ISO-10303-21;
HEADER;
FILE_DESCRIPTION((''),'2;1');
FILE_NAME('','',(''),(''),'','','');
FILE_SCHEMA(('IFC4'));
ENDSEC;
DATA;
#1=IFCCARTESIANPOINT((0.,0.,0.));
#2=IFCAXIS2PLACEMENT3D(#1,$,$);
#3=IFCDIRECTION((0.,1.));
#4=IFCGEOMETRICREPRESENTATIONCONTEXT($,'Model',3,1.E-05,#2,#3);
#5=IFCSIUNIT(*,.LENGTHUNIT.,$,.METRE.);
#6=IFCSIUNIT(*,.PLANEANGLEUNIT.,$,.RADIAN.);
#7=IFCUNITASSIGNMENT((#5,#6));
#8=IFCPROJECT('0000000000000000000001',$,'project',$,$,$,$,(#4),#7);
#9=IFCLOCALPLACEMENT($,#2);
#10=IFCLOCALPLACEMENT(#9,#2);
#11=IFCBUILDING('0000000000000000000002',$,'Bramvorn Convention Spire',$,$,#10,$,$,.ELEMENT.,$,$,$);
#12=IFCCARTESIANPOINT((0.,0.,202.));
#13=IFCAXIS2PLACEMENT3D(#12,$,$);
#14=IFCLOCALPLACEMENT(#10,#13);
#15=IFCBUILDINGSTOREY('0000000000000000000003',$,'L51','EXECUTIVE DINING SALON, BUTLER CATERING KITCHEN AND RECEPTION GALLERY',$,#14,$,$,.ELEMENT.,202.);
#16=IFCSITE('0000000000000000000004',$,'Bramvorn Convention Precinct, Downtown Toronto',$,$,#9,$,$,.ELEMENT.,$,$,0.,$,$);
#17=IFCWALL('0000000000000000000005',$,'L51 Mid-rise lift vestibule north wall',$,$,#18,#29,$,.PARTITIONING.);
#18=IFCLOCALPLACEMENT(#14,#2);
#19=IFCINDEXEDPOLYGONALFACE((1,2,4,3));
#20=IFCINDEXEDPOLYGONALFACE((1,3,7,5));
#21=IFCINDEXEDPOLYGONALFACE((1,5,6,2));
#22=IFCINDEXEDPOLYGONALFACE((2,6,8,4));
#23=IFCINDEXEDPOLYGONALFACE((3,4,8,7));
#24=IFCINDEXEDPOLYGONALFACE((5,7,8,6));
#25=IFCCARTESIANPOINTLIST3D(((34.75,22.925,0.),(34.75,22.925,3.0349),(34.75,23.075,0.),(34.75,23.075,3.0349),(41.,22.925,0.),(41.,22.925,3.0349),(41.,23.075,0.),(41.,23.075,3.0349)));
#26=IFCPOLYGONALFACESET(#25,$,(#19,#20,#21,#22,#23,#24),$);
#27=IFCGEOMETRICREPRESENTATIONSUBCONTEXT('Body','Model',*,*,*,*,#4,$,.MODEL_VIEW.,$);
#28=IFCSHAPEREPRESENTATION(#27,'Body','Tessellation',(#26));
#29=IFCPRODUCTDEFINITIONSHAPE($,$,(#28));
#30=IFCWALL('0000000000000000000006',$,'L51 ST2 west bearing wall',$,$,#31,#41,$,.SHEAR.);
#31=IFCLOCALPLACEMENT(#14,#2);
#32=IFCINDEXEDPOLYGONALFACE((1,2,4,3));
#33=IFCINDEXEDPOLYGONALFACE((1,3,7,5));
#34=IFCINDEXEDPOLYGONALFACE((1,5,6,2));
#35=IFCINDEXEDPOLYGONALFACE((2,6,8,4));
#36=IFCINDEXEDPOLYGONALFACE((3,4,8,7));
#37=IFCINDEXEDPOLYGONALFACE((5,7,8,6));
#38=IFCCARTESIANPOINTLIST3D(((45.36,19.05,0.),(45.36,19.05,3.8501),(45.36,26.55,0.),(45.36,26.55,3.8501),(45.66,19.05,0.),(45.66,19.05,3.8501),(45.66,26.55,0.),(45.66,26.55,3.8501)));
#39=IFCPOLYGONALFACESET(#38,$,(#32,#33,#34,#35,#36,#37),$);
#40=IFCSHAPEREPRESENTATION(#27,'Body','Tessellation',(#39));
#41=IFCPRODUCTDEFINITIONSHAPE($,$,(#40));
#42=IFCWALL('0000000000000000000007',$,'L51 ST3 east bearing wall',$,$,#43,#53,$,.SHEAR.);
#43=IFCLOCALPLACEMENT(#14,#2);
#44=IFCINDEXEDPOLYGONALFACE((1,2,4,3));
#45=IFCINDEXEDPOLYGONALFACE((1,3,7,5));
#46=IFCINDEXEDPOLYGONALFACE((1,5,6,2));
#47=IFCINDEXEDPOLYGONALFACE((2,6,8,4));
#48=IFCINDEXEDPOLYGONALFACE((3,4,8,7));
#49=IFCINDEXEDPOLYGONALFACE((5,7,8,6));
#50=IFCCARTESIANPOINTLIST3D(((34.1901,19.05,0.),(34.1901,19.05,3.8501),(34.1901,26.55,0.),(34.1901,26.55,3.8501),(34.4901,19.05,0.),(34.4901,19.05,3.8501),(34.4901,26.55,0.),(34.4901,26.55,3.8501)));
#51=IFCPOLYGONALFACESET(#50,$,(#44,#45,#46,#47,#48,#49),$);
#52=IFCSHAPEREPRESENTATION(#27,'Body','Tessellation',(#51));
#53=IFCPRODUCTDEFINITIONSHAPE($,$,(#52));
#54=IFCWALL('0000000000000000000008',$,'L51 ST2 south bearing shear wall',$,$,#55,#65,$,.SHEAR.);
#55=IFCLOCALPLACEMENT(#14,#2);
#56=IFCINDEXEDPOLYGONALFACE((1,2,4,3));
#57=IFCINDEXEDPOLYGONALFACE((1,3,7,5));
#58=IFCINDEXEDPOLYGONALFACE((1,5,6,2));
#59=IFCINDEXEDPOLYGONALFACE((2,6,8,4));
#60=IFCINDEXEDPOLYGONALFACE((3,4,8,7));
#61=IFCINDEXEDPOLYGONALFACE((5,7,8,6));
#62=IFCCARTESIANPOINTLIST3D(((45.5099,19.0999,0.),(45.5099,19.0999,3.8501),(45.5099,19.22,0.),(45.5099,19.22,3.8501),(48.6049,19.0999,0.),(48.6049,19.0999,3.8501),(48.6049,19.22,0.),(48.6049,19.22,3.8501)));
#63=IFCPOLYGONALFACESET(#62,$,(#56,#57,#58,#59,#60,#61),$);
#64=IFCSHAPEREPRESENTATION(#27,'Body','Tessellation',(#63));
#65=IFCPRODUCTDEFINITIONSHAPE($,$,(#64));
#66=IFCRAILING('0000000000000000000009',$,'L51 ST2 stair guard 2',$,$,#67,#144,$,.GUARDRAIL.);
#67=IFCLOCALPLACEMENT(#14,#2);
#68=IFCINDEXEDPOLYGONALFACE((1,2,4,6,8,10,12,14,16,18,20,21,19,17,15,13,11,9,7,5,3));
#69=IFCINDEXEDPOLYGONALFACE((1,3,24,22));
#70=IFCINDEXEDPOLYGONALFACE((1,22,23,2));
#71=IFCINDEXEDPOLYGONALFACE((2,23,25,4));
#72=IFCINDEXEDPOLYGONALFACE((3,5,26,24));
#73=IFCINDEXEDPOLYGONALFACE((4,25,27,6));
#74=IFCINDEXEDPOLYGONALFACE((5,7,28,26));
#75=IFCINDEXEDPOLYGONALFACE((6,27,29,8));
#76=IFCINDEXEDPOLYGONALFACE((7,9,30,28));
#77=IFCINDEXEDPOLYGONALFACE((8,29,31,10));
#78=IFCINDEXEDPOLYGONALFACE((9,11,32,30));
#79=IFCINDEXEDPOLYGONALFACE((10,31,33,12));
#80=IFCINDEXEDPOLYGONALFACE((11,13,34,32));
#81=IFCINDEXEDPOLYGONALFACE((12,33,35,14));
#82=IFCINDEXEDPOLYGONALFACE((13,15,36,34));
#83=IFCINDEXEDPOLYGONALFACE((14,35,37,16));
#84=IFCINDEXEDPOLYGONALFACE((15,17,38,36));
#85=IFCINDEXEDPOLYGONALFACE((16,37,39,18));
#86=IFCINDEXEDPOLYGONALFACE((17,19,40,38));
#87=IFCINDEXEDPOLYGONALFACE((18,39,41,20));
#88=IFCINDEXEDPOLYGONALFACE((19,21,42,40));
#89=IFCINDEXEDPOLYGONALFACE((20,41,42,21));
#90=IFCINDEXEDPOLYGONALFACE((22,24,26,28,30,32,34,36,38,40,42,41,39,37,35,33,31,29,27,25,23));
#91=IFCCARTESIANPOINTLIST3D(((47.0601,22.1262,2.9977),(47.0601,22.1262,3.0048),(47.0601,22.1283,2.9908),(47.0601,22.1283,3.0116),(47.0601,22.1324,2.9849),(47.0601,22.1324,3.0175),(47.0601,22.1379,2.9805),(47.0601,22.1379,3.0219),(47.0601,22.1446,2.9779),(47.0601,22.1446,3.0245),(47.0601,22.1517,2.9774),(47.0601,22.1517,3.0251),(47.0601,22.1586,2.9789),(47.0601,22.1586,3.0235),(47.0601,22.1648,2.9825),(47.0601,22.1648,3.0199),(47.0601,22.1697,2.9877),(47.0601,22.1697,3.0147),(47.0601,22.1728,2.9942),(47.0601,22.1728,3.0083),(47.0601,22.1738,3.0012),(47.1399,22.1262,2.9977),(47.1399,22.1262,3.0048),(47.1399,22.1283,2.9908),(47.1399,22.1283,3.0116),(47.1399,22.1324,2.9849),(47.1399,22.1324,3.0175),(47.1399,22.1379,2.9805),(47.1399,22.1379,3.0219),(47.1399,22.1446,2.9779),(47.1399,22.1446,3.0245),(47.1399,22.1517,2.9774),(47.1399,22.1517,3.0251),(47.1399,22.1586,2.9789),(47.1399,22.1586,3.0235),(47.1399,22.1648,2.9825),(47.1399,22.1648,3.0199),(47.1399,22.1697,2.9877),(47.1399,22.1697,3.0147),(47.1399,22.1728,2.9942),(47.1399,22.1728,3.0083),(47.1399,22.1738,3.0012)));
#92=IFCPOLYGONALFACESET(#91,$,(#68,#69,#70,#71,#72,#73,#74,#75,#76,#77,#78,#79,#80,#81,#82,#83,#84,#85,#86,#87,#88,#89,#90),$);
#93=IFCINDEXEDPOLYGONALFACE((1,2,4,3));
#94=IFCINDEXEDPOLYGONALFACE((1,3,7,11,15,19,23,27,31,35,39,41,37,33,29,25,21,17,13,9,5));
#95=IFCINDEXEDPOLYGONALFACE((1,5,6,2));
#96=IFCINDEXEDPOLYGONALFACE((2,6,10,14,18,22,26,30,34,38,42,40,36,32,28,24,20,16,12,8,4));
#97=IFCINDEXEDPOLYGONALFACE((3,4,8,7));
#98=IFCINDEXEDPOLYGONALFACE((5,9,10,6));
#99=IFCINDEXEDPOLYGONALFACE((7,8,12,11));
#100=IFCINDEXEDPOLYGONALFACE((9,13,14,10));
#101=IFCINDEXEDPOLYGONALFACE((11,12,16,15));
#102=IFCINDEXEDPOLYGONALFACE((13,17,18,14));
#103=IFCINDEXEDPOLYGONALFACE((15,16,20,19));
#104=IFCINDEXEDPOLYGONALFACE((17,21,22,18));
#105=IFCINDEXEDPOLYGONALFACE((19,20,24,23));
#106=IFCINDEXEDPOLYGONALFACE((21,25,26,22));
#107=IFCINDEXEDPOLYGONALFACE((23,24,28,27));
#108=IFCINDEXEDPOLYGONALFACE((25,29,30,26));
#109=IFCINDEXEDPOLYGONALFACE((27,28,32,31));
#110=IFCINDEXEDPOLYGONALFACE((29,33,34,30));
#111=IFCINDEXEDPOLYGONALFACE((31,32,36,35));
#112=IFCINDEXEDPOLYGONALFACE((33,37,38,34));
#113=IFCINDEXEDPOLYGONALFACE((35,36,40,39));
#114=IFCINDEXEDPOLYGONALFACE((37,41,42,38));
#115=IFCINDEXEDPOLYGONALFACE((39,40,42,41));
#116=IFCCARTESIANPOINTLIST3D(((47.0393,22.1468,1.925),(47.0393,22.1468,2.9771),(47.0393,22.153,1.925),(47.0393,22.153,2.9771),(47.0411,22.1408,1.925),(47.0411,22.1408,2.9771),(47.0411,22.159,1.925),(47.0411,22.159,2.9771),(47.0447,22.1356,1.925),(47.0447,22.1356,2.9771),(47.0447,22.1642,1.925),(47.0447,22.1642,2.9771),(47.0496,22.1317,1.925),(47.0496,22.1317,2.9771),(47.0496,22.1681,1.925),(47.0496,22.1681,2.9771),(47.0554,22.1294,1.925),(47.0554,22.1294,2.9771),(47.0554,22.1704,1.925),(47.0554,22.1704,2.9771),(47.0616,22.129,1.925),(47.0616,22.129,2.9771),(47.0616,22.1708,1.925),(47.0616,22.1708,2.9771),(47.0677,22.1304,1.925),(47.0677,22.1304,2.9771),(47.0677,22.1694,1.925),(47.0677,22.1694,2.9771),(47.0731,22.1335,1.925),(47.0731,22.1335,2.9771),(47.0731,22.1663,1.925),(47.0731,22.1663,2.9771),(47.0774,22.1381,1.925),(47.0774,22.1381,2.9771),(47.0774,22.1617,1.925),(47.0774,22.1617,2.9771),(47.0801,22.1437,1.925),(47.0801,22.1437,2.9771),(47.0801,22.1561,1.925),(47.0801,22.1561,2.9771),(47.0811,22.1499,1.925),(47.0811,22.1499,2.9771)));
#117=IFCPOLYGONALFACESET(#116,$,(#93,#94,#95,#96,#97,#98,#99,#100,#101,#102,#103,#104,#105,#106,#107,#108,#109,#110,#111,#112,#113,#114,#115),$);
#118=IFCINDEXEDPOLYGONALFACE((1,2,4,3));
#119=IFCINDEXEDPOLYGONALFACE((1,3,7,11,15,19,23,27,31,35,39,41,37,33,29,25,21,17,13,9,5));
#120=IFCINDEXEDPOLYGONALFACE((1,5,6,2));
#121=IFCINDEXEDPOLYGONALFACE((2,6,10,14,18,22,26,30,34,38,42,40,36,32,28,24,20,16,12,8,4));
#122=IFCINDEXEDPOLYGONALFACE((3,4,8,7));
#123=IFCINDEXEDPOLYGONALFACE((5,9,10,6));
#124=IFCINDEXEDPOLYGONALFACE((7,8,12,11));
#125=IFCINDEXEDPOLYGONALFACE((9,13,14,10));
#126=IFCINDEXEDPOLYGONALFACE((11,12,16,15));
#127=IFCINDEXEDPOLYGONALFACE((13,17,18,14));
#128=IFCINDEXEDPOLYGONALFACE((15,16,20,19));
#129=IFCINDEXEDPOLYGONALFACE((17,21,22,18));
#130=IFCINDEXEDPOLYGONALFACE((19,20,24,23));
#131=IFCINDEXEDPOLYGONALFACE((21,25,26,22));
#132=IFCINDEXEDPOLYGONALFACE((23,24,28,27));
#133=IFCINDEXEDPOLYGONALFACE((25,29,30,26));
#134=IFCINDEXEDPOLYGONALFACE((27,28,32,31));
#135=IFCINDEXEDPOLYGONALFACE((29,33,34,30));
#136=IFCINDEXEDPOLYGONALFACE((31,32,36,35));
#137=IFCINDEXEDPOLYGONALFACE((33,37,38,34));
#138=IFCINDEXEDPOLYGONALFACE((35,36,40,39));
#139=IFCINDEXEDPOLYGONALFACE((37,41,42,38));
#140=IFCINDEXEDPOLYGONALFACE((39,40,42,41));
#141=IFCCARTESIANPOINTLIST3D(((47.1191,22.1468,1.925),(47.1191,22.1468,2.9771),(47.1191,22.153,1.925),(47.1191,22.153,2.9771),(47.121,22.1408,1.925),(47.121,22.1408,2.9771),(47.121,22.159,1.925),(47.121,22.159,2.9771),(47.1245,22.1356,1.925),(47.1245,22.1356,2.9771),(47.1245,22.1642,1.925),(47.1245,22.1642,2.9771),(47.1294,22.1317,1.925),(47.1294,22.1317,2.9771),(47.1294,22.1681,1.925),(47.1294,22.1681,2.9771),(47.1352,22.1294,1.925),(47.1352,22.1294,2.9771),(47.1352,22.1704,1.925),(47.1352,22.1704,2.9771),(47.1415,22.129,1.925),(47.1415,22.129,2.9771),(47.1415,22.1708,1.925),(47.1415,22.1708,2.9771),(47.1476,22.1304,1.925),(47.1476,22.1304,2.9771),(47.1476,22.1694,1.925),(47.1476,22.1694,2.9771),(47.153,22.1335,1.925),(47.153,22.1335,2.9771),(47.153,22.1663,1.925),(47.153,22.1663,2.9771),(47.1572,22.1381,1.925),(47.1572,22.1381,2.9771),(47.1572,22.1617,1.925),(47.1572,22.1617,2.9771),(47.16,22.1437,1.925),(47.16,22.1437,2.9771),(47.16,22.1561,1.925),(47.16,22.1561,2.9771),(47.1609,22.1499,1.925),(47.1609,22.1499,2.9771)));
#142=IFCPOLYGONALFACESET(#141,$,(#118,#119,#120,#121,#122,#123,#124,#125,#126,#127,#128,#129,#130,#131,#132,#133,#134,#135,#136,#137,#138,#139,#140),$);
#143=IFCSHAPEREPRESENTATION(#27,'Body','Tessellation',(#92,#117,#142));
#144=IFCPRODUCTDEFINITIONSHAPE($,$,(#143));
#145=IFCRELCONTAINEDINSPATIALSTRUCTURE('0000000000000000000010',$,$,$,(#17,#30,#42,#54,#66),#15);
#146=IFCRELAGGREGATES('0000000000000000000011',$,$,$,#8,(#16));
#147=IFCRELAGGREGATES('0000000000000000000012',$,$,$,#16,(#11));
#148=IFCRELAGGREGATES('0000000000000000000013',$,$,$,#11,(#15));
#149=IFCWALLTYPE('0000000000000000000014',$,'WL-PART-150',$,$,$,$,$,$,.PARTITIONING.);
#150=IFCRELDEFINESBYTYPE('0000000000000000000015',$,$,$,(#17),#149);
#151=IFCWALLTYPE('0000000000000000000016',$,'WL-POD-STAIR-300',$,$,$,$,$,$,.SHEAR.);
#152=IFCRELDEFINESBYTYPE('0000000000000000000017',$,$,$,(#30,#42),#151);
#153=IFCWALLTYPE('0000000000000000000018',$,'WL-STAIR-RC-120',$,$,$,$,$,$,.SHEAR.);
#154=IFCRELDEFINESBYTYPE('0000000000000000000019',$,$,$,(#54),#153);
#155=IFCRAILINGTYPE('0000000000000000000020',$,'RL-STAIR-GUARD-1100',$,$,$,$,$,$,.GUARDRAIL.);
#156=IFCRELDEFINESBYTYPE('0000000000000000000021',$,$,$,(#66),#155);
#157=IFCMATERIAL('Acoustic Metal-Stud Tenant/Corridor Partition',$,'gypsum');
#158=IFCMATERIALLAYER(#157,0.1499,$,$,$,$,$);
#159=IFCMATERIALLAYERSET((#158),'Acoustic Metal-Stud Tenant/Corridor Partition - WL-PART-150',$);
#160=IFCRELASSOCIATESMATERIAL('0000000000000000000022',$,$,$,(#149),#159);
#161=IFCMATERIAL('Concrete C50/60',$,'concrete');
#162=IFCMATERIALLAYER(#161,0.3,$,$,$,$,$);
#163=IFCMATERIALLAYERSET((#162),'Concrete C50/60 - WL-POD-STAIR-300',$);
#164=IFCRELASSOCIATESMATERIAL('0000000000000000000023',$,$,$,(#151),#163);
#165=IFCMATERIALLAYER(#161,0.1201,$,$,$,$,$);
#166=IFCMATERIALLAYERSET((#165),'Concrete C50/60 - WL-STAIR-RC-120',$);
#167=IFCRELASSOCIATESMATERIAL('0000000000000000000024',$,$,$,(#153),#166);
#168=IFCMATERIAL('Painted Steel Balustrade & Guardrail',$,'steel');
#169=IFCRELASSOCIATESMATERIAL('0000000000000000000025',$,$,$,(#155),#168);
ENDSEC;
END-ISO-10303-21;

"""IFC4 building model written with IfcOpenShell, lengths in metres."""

from ifc_helpers import new_model, si_unit, direction, frame, frame_2d, origin, origin_2d, place, context, subcontext, project, spatial, rectangle, circle, extrude, material, layer, layer_set, type_object, element, save


model = new_model("IFC4")

# Units and contexts
model_context = context("Model", 3, precision=1e-05, world=origin(), true_north=direction((0.0, 1.0)))
body_context = subcontext(model_context, "Body", "Model", "MODEL_VIEW")
ifc_project = project(units=[si_unit("LENGTHUNIT", "METRE"), si_unit("PLANEANGLEUNIT", "RADIAN")], contexts=[model_context])

# Site, building, storey
site_placement = place(None, origin())
site = spatial("IfcSite", under=ifc_project, at=site_placement, Name="Bramvorn Convention Precinct, Downtown Toronto", CompositionType="ELEMENT", RefElevation=0.0)
building_placement = place(site_placement, origin())
building = spatial("IfcBuilding", under=site, at=building_placement, Name="Bramvorn Convention Spire", CompositionType="ELEMENT")
storey_placement = place(building_placement, frame((0.0, 0.0, 202.0)))
storey = spatial("IfcBuildingStorey", under=building, at=storey_placement, Name="L51", Description="EXECUTIVE DINING SALON, BUTLER CATERING KITCHEN AND RECEPTION GALLERY", CompositionType="ELEMENT", Elevation=202.0)

# Shared definitions
ifc_material_1 = material(Name="Concrete C50/60", Category="concrete")

# Walls
ifc_material_2 = material(Name="Acoustic Metal-Stud Tenant/Corridor Partition", Category="gypsum")
ifc_layer_1 = layer(ifc_material_2, 0.1499)
ifc_layer_set_1 = layer_set([ifc_layer_1], Name="Acoustic Metal-Stud Tenant/Corridor Partition - WL-PART-150")
wall_type_1 = type_object("IfcWallType", Name="WL-PART-150", PredefinedType="PARTITIONING", material=ifc_layer_set_1)
wall_1_placement = place(storey_placement, frame((34.75, 23.0, 0.0), z_axis=(0.0, 0.0, 1.0), x_axis=(1.0, 0.0, 0.0)))
element("IfcWall", 1, at=wall_1_placement, inside=storey, type_object=wall_type_1, Name="L51 Mid-rise lift vestibule north wall", PredefinedType="PARTITIONING", context=body_context, shape_type="SweptSolid", body=[
    extrude(rectangle(XDim=6.25, YDim=0.1499, at=frame_2d((3.125, 0.0))), origin(), (0.0, 0.0, 1.0), 3.0349),
])
ifc_layer_2 = layer(ifc_material_1, 0.3)
ifc_layer_set_2 = layer_set([ifc_layer_2], Name="Concrete C50/60 - WL-POD-STAIR-300")
wall_type_2 = type_object("IfcWallType", Name="WL-POD-STAIR-300", PredefinedType="SHEAR", material=ifc_layer_set_2)
for number, where, z_axis, x_axis, name in (
    (2, (45.51, 19.05, 0.0), (0.0, 0.0, 1.0), (0.0, 1.0, 0.0), "L51 ST2 west bearing wall"),
    (3, (34.3401, 19.05, 0.0), (0.0, 0.0, 1.0), (0.0, 1.0, 0.0), "L51 ST3 east bearing wall"),
):
    element("IfcWall", number, at=place(storey_placement, frame(where, z_axis=z_axis, x_axis=x_axis)), inside=storey, type_object=wall_type_2, Name=name, PredefinedType="SHEAR", context=body_context, shape_type="SweptSolid", body=[
        extrude(rectangle(XDim=7.5, YDim=0.3, at=frame_2d((3.75, 0.0))), origin(), (0.0, 0.0, 1.0), 3.8501),
    ])
ifc_layer_3 = layer(ifc_material_1, 0.1201)
ifc_layer_set_3 = layer_set([ifc_layer_3], Name="Concrete C50/60 - WL-STAIR-RC-120")
wall_type_3 = type_object("IfcWallType", Name="WL-STAIR-RC-120", PredefinedType="SHEAR", material=ifc_layer_set_3)
wall_2_placement = place(storey_placement, frame((45.51, 19.1599, 0.0), z_axis=(0.0, 0.0, 1.0), x_axis=(1.0, 0.0, 0.0)))
element("IfcWall", 4, at=wall_2_placement, inside=storey, type_object=wall_type_3, Name="L51 ST2 south bearing shear wall", PredefinedType="SHEAR", context=body_context, shape_type="SweptSolid", body=[
    extrude(rectangle(XDim=3.095, YDim=0.1201, at=frame_2d((1.5474, 0.0))), origin(), (0.0, 0.0, 1.0), 3.8501),
])

# Railing
ifc_material_3 = material(Name="Painted Steel Balustrade & Guardrail", Category="steel")
railing_type_1 = type_object("IfcRailingType", Name="RL-STAIR-GUARD-1100", PredefinedType="GUARDRAIL", material=ifc_material_3)
railing_1_placement = place(storey_placement, frame((47.0601, 22.1499, 1.925)))
element("IfcRailing", 5, at=railing_1_placement, inside=storey, type_object=railing_type_1, Name="L51 ST2 stair guard 2", PredefinedType="GUARDRAIL", context=body_context, shape_type="SweptSolid", body=[
    extrude(circle(Radius=0.0239, at=origin_2d()), frame((0.0, 0.0, 1.0762), z_axis=(1.0, 0.0, 0.0), x_axis=(0.0, 1.0, 0.0)), (0.0, 0.0, 1.0), 0.0798),
    extrude(circle(Radius=0.021, at=origin_2d()), origin(), (0.0, 0.0, 1.0), 1.052),
    extrude(circle(Radius=0.021, at=origin_2d()), frame((0.0798, 0.0, 0.0)), (0.0, 0.0, 1.0), 1.052),
])

save(model, "model.ifc")
